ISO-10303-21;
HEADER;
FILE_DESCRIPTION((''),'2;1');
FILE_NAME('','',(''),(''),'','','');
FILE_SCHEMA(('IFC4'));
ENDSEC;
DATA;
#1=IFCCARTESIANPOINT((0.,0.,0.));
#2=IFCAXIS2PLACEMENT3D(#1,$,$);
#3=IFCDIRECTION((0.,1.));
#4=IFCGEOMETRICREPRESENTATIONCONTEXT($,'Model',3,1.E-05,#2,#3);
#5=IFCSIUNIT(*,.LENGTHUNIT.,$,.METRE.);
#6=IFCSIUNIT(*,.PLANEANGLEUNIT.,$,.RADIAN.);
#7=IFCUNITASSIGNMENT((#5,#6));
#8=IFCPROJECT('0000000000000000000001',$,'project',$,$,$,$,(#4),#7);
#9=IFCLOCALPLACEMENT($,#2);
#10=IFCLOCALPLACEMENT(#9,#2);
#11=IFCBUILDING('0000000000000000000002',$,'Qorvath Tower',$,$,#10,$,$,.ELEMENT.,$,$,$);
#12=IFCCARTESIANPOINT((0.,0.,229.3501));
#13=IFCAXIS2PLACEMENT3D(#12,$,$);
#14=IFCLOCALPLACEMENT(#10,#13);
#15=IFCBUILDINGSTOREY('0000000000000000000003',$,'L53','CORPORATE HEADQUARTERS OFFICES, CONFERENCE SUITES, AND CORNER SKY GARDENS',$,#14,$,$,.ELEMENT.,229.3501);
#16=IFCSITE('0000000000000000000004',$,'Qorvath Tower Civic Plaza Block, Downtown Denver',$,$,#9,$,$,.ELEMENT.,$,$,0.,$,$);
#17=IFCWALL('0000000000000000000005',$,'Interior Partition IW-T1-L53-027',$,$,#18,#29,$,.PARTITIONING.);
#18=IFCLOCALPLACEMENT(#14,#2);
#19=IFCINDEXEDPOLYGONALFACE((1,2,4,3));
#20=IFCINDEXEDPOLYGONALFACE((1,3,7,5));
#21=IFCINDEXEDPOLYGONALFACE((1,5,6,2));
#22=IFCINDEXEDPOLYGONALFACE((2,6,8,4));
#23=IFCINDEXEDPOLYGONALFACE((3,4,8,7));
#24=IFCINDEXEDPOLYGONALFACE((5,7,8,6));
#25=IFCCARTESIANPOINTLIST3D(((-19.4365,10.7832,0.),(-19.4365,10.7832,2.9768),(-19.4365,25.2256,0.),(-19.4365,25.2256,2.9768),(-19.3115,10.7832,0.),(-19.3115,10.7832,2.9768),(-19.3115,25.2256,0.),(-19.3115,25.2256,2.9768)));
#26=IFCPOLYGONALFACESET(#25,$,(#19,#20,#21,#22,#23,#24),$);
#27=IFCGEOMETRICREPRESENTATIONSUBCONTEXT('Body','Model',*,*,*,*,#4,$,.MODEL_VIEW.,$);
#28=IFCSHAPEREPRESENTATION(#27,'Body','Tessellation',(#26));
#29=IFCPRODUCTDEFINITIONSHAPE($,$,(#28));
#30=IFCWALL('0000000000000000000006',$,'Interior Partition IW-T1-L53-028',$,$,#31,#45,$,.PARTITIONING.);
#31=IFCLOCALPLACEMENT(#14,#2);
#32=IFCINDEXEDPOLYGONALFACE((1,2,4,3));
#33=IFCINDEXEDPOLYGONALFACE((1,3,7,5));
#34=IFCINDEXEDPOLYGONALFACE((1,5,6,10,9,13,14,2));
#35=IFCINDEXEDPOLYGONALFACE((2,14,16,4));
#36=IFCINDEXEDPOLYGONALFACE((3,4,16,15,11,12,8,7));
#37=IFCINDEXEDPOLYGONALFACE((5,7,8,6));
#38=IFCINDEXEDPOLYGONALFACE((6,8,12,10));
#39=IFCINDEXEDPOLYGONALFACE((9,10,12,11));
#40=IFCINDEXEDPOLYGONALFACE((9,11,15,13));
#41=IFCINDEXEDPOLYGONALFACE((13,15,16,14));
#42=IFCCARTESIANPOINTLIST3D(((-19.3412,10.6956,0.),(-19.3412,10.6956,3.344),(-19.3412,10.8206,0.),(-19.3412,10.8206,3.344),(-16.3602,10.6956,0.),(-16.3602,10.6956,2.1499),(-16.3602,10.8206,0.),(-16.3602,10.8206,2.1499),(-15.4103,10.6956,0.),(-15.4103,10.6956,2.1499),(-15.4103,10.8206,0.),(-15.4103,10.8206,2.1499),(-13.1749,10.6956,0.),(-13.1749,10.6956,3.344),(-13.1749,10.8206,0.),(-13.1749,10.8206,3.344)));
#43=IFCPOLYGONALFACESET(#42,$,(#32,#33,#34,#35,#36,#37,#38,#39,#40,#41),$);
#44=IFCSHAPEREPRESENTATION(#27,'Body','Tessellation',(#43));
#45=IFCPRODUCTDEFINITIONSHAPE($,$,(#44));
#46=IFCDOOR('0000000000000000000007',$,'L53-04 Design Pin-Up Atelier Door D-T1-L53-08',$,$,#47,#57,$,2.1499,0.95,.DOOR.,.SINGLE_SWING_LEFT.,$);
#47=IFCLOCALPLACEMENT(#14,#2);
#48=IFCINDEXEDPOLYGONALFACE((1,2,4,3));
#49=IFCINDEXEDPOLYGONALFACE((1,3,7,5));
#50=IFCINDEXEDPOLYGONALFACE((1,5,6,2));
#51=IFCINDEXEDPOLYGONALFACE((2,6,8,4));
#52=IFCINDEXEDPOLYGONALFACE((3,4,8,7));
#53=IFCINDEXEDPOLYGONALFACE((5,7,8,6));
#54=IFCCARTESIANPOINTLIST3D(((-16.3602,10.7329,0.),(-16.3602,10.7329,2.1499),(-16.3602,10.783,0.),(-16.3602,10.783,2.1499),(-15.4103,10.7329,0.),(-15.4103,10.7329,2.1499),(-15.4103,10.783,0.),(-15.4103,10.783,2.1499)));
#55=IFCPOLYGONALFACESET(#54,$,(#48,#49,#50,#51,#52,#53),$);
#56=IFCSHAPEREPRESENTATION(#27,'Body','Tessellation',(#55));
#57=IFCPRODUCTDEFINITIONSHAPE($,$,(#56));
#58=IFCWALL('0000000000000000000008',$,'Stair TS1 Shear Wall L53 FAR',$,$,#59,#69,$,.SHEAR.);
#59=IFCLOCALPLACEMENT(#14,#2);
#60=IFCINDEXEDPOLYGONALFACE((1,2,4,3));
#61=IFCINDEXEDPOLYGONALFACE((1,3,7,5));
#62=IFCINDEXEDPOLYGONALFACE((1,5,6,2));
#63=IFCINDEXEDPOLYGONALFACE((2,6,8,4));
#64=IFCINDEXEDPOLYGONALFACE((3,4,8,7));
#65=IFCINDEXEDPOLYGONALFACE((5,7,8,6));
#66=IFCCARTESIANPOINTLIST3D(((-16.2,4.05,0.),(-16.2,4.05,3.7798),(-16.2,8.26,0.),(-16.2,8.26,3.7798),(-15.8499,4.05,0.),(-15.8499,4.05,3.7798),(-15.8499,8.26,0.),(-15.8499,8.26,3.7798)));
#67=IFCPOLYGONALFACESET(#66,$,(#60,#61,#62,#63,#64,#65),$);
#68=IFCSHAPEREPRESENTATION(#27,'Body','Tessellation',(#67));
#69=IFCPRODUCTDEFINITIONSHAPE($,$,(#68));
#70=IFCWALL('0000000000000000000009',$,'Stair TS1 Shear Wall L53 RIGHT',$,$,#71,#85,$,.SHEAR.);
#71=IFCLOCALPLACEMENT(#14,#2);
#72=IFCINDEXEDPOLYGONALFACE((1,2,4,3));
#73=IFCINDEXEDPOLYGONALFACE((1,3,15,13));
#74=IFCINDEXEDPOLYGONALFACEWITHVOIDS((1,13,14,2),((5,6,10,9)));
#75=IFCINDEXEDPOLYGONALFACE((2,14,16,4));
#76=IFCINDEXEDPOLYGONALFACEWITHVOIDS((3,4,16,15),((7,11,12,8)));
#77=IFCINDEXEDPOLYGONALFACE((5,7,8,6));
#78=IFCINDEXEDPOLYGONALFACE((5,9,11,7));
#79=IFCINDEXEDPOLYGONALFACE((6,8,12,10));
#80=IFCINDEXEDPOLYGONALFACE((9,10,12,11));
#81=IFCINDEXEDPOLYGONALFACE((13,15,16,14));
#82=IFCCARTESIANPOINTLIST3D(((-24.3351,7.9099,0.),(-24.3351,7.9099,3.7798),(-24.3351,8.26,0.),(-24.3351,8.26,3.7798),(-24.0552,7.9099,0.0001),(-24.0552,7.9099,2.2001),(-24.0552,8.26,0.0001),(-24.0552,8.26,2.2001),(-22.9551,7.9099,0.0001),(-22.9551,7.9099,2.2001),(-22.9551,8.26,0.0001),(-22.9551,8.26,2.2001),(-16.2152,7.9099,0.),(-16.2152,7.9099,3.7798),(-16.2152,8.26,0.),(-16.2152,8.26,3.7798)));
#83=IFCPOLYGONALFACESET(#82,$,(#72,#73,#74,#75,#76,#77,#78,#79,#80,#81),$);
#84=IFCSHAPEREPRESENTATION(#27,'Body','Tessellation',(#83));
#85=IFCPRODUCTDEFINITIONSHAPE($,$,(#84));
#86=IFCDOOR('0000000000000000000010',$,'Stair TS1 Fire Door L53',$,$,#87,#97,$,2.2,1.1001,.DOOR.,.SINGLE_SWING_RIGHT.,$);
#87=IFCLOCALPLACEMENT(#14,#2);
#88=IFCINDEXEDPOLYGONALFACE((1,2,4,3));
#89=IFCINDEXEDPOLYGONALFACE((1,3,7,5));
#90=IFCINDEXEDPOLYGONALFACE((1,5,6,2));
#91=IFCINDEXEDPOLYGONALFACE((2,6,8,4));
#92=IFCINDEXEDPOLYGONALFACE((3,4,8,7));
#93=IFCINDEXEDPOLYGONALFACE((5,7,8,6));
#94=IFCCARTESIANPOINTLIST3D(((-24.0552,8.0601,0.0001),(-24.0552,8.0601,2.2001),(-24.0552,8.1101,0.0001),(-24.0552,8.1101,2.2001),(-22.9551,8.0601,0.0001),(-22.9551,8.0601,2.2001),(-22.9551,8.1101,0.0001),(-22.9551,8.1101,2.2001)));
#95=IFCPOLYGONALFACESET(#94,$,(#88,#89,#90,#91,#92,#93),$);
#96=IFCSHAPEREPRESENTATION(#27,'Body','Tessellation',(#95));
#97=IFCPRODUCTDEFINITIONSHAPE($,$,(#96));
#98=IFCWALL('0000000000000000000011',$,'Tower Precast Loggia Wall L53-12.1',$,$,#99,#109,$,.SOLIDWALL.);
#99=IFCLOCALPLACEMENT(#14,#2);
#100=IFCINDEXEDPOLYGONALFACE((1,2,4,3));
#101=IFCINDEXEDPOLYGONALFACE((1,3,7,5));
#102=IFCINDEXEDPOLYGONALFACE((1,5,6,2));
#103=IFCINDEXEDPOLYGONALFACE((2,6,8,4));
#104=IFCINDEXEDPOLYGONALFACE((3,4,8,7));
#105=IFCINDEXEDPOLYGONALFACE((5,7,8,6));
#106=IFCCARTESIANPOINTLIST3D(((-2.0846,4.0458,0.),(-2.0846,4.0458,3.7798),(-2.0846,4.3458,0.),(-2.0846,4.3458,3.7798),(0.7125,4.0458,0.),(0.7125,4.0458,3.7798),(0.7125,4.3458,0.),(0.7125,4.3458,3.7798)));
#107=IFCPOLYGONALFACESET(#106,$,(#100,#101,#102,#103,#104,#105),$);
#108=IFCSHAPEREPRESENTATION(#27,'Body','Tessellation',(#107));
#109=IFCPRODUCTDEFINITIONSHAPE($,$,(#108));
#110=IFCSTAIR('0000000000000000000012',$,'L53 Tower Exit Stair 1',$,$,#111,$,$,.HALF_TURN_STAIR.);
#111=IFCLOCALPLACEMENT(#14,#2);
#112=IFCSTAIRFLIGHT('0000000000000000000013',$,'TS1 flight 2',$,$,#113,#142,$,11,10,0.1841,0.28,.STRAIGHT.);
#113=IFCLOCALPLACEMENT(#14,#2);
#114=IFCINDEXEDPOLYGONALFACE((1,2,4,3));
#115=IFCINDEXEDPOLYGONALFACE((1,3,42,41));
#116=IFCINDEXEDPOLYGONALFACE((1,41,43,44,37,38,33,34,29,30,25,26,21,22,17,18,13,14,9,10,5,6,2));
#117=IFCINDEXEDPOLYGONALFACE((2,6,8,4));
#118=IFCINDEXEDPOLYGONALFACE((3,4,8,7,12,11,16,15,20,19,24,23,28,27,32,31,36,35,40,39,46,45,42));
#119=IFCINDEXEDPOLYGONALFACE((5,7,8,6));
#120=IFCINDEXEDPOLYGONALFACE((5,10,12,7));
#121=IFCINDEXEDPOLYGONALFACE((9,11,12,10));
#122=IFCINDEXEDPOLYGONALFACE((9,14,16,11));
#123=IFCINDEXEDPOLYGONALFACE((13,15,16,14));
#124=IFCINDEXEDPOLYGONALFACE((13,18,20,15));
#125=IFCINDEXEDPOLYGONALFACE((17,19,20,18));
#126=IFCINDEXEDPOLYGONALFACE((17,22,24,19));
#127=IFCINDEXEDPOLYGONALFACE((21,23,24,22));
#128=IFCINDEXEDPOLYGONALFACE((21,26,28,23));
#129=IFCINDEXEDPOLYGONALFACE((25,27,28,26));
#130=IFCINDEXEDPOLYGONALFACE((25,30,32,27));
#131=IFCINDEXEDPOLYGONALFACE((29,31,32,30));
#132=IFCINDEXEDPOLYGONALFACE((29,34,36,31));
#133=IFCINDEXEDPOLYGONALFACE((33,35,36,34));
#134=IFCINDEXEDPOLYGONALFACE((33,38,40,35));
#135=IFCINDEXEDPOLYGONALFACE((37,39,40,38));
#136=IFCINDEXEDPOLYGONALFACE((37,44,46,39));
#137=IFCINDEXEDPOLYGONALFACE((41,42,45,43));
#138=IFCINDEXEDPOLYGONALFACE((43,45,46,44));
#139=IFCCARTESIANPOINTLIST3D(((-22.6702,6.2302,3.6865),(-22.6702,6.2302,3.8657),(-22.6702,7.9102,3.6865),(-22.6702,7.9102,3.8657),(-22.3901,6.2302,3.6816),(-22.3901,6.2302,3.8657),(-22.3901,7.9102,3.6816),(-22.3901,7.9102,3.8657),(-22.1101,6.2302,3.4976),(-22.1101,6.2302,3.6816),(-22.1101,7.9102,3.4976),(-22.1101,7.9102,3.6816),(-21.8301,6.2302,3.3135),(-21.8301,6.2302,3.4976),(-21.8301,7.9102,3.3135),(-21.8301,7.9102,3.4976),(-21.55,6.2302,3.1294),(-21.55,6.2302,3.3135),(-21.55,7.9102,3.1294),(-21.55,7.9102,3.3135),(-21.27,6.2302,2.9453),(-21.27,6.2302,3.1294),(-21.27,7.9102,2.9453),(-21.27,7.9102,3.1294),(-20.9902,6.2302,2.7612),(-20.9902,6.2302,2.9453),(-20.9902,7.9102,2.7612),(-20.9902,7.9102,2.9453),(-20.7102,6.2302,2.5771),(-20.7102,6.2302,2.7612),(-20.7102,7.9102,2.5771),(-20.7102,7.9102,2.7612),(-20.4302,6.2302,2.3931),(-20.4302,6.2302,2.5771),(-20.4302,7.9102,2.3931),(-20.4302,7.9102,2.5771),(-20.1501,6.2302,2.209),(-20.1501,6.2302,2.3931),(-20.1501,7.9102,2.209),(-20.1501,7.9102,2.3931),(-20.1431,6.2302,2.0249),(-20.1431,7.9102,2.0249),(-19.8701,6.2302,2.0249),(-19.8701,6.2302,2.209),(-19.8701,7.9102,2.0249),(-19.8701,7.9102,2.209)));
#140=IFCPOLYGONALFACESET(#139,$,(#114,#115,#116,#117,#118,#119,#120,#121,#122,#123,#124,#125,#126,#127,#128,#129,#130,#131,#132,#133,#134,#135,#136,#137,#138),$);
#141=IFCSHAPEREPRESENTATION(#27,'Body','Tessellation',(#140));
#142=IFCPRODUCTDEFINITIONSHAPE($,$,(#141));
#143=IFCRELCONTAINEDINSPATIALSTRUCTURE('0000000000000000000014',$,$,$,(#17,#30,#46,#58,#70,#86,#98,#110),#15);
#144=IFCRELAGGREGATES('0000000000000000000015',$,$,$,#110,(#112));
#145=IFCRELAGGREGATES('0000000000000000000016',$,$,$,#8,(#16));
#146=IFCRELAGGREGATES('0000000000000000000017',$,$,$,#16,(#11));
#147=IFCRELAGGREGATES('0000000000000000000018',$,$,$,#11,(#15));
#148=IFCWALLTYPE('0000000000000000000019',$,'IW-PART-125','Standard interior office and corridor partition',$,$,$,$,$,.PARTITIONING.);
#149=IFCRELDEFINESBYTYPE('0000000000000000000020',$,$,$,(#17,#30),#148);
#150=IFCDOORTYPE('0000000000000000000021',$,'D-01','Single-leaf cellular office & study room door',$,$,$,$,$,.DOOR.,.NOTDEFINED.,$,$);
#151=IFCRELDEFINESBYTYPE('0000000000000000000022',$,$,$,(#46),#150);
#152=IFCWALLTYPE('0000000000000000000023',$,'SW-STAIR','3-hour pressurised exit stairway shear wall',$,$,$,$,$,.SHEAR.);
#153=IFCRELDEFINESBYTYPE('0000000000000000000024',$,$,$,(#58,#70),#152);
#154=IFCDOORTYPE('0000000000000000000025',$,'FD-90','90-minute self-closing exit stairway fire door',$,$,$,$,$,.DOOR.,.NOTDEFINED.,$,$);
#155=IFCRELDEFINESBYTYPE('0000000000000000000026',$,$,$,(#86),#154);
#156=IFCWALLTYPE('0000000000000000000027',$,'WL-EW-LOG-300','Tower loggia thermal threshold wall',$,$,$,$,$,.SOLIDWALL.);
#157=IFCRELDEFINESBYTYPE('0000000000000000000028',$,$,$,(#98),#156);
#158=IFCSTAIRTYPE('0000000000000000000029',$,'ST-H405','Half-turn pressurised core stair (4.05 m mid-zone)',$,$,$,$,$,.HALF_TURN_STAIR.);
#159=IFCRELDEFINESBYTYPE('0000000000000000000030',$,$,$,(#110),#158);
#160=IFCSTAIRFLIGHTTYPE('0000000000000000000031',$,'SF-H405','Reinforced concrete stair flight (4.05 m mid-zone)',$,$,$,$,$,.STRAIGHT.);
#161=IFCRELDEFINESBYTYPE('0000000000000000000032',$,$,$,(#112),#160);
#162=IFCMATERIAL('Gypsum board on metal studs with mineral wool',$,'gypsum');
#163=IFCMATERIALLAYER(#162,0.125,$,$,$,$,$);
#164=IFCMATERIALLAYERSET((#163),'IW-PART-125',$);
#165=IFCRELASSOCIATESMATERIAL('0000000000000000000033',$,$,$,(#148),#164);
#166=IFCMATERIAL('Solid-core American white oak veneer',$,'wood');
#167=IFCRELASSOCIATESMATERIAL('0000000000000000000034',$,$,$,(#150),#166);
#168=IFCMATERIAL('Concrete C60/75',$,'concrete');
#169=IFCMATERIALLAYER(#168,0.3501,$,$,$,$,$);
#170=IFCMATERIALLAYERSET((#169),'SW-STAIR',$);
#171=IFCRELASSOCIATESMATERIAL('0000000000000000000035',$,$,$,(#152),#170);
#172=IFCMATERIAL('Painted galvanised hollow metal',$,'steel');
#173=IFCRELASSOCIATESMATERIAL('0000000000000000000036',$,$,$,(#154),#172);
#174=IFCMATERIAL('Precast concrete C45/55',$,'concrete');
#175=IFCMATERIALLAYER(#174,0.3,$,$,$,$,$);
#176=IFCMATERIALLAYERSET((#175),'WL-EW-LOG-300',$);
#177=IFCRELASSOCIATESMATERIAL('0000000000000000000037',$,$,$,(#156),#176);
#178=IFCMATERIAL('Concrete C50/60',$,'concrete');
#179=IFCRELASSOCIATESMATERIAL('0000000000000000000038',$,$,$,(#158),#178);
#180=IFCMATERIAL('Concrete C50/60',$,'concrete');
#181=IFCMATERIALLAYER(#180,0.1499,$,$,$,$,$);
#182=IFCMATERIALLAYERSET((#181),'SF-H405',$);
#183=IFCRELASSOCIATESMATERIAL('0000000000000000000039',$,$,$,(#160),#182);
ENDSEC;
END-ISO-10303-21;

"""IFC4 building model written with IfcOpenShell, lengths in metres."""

from ifc_helpers import new_model, si_unit, direction, frame, frame_2d, origin, place, context, subcontext, project, spatial, polyline, rectangle, outline, extrude, material, layer, layer_set, type_object, element, fill, aggregate, save


model = new_model("IFC4")

# Units and contexts
model_context = context("Model", 3, precision=1e-05, world=origin(), true_north=direction((0.0, 1.0)))
body_context = subcontext(model_context, "Body", "Model", "MODEL_VIEW")
ifc_project = project(units=[si_unit("LENGTHUNIT", "METRE"), si_unit("PLANEANGLEUNIT", "RADIAN")], contexts=[model_context])

# Site, building, storey
site_placement = place(None, origin())
site = spatial("IfcSite", under=ifc_project, at=site_placement, Name="Qorvath Tower Civic Plaza Block, Downtown Denver", CompositionType="ELEMENT", RefElevation=0.0)
building_placement = place(site_placement, origin())
building = spatial("IfcBuilding", under=site, at=building_placement, Name="Qorvath Tower", CompositionType="ELEMENT")
storey_placement = place(building_placement, frame((0.0, 0.0, 229.3501)))
storey = spatial("IfcBuildingStorey", under=building, at=storey_placement, Name="L53", Description="CORPORATE HEADQUARTERS OFFICES, CONFERENCE SUITES, AND CORNER SKY GARDENS", CompositionType="ELEMENT", Elevation=229.3501)

# Wall
ifc_material_1 = material(Name="Gypsum board on metal studs with mineral wool", Category="gypsum")
ifc_layer_1 = layer(ifc_material_1, 0.125)
ifc_layer_set_1 = layer_set([ifc_layer_1], Name="IW-PART-125")
wall_type_1 = type_object("IfcWallType", Name="IW-PART-125", Description="Standard interior office and corridor partition", PredefinedType="PARTITIONING", material=ifc_layer_set_1)
wall_1_placement = place(storey_placement, frame((-19.374, 10.7832, 0.0), z_axis=(0.0, 0.0, 1.0), x_axis=(0.0, 1.0, 0.0)))
element("IfcWall", 1, at=wall_1_placement, inside=storey, type_object=wall_type_1, Name="Interior Partition IW-T1-L53-027", PredefinedType="PARTITIONING", context=body_context, shape_type="SweptSolid", body=[
    extrude(rectangle(XDim=14.4424, YDim=0.125, at=frame_2d((7.2212, 0.0))), origin(), (0.0, 0.0, 1.0), 2.9768),
])

# Wall, opening, door
wall_2_placement = place(storey_placement, frame((-19.3411, 10.7581, 0.0), z_axis=(0.0, 0.0, 1.0), x_axis=(1.0, 0.0, 0.0)))
wall_2 = element("IfcWall", 2, at=wall_2_placement, inside=storey, type_object=wall_type_1, Name="Interior Partition IW-T1-L53-028", PredefinedType="PARTITIONING", context=body_context, shape_type="SweptSolid", body=[
    extrude(rectangle(XDim=6.1663, YDim=0.125, at=frame_2d((3.083, 0.0))), origin(), (0.0, 0.0, 1.0), 3.344),
])
opening_1_placement = place(wall_2_placement, frame((2.9807, 0.0, 0.0)))
opening_1 = element("IfcOpeningElement", 3, at=opening_1_placement, cuts=wall_2, PredefinedType="OPENING", context=body_context, shape_type="SweptSolid", body=[
    extrude(rectangle(XDim=0.95, YDim=2.1499, at=frame_2d((0.4751, 1.075))), frame((0.0, 0.0725, 0.0), z_axis=(0.0, -1.0, 0.0), x_axis=(1.0, 0.0, 0.0)), (0.0, 0.0, 1.0), 0.145),
])
ifc_material_2 = material(Name="Solid-core American white oak veneer", Category="wood")
door_type_1 = type_object("IfcDoorType", Name="D-01", Description="Single-leaf cellular office & study room door", OperationType="NOTDEFINED", PredefinedType="DOOR", material=ifc_material_2)
door_1_placement = place(opening_1_placement, origin())
door_1 = element("IfcDoor", 4, at=door_1_placement, inside=storey, type_object=door_type_1, Name="L53-04 Design Pin-Up Atelier Door D-T1-L53-08", OperationType="SINGLE_SWING_LEFT", OverallHeight=2.1499, OverallWidth=0.95, PredefinedType="DOOR", context=body_context, shape_type="SweptSolid", body=[
    extrude(rectangle(XDim=0.95, YDim=2.1499, at=frame_2d((0.4751, 1.075))), frame((0.0, 0.0249, 0.0), z_axis=(0.0, -1.0, 0.0), x_axis=(1.0, 0.0, 0.0)), (0.0, 0.0, 1.0), 0.05),
])
fill(opening_1, door_1)

# Wall
ifc_material_3 = material(Name="Concrete C60/75", Category="concrete")
ifc_layer_2 = layer(ifc_material_3, 0.3501)
ifc_layer_set_2 = layer_set([ifc_layer_2], Name="SW-STAIR")
wall_type_2 = type_object("IfcWallType", Name="SW-STAIR", Description="3-hour pressurised exit stairway shear wall", PredefinedType="SHEAR", material=ifc_layer_set_2)
wall_3_placement = place(storey_placement, frame((-16.0249, 4.05, 0.0), z_axis=(0.0, 0.0, 1.0), x_axis=(0.0, 1.0, 0.0)))
element("IfcWall", 5, at=wall_3_placement, inside=storey, type_object=wall_type_2, Name="Stair TS1 Shear Wall L53 FAR", PredefinedType="SHEAR", context=body_context, shape_type="SweptSolid", body=[
    extrude(rectangle(XDim=4.21, YDim=0.3501, at=frame_2d((2.105, 0.0))), origin(), (0.0, 0.0, 1.0), 3.7798),
])

# Wall, opening, door
wall_4_placement = place(storey_placement, frame((-16.2151, 8.085, 0.0), z_axis=(0.0, 0.0, 1.0), x_axis=(-1.0, 0.0, 0.0)))
wall_4 = element("IfcWall", 6, at=wall_4_placement, inside=storey, type_object=wall_type_2, Name="Stair TS1 Shear Wall L53 RIGHT", PredefinedType="SHEAR", context=body_context, shape_type="SweptSolid", body=[
    extrude(rectangle(XDim=8.1199, YDim=0.3501, at=frame_2d((4.0601, 0.0))), origin(), (0.0, 0.0, 1.0), 3.7798),
])
opening_2_placement = place(wall_4_placement, frame((6.74, 0.0, 0.0)))
opening_2 = element("IfcOpeningElement", 7, at=opening_2_placement, cuts=wall_4, PredefinedType="OPENING", context=body_context, shape_type="SweptSolid", body=[
    extrude(rectangle(XDim=1.1001, YDim=2.2, at=frame_2d((0.55, 1.1001))), frame((0.0, 0.1851, 0.0), z_axis=(0.0, -1.0, 0.0), x_axis=(1.0, 0.0, 0.0)), (0.0, 0.0, 1.0), 0.3701),
])
ifc_material_4 = material(Name="Painted galvanised hollow metal", Category="steel")
door_type_2 = type_object("IfcDoorType", Name="FD-90", Description="90-minute self-closing exit stairway fire door", OperationType="NOTDEFINED", PredefinedType="DOOR", material=ifc_material_4)
door_2_placement = place(opening_2_placement, origin())
door_2 = element("IfcDoor", 8, at=door_2_placement, inside=storey, type_object=door_type_2, Name="Stair TS1 Fire Door L53", OperationType="SINGLE_SWING_RIGHT", OverallHeight=2.2, OverallWidth=1.1001, PredefinedType="DOOR", context=body_context, shape_type="SweptSolid", body=[
    extrude(rectangle(XDim=1.1001, YDim=2.2, at=frame_2d((0.55, 1.1001))), frame((0.0, 0.0249, 0.0), z_axis=(0.0, -1.0, 0.0), x_axis=(1.0, 0.0, 0.0)), (0.0, 0.0, 1.0), 0.05),
])
fill(opening_2, door_2)

# Wall
ifc_material_5 = material(Name="Precast concrete C45/55", Category="concrete")
ifc_layer_3 = layer(ifc_material_5, 0.3)
ifc_layer_set_3 = layer_set([ifc_layer_3], Name="WL-EW-LOG-300")
wall_type_3 = type_object("IfcWallType", Name="WL-EW-LOG-300", Description="Tower loggia thermal threshold wall", PredefinedType="SOLIDWALL", material=ifc_layer_set_3)
wall_5_placement = place(storey_placement, frame((-2.0845, 4.1958, 0.0), z_axis=(0.0, 0.0, 1.0), x_axis=(1.0, 0.0, 0.0)))
element("IfcWall", 9, at=wall_5_placement, inside=storey, type_object=wall_type_3, Name="Tower Precast Loggia Wall L53-12.1", PredefinedType="SOLIDWALL", context=body_context, shape_type="SweptSolid", body=[
    extrude(rectangle(XDim=2.7971, YDim=0.3, at=frame_2d((1.3984, 0.0))), origin(), (0.0, 0.0, 1.0), 3.7798),
])

# Stair, stair flight
ifc_material_6 = material(Name="Concrete C50/60", Category="concrete")
stair_type = type_object("IfcStairType", Name="ST-H405", Description="Half-turn pressurised core stair (4.05 m mid-zone)", PredefinedType="HALF_TURN_STAIR", material=ifc_material_6)
stair_placement = place(storey_placement, origin())
stair = element("IfcStair", 10, at=stair_placement, inside=storey, type_object=stair_type, Name="L53 Tower Exit Stair 1", PredefinedType="HALF_TURN_STAIR")
ifc_material_7 = material(Name="Concrete C50/60", Category="concrete")
ifc_layer_4 = layer(ifc_material_7, 0.1499)
ifc_layer_set_4 = layer_set([ifc_layer_4], Name="SF-H405")
stair_flight_type = type_object("IfcStairFlightType", Name="SF-H405", Description="Reinforced concrete stair flight (4.05 m mid-zone)", PredefinedType="STRAIGHT", material=ifc_layer_set_4)
stair_flight_placement = place(storey_placement, frame((-19.8701, 7.0701, 2.0249), z_axis=(0.0, 0.0, 1.0), x_axis=(-1.0, 0.0, 0.0)))
stair_flight = element("IfcStairFlight", 11, at=stair_flight_placement, type_object=stair_flight_type, Name="TS1 flight 2", NumberOfRisers=11, NumberOfTreads=10, PredefinedType="STRAIGHT", RiserHeight=0.1841, TreadLength=0.28, context=body_context, shape_type="SweptSolid", body=[
    extrude(outline(polyline([(0.0, 0.0), (0.0, 0.1841), (0.28, 0.1841), (0.28, 0.3682), (0.5601, 0.3682), (0.5601, 0.5522), (0.8401, 0.5522), (0.8401, 0.7363), (1.1201, 0.7363), (1.1201, 0.9204), (1.3999, 0.9204), (1.3999, 1.1045), (1.6799, 1.1045), (1.6799, 1.2886), (1.96, 1.2886), (1.96, 1.4727), (2.24, 1.4727), (2.24, 1.6567), (2.52, 1.6567), (2.52, 1.8408), (2.8, 1.8408), (2.8, 2.0249), (2.8, 1.6616), (0.2729, 0.0), (0.0, 0.0)])), frame((0.0, 0.8398, 0.0), z_axis=(0.0, -1.0, 0.0), x_axis=(1.0, 0.0, 0.0)), (0.0, 0.0, 1.0), 1.6799),
])
aggregate(stair, [stair_flight])

save(model, "model.ifc")
